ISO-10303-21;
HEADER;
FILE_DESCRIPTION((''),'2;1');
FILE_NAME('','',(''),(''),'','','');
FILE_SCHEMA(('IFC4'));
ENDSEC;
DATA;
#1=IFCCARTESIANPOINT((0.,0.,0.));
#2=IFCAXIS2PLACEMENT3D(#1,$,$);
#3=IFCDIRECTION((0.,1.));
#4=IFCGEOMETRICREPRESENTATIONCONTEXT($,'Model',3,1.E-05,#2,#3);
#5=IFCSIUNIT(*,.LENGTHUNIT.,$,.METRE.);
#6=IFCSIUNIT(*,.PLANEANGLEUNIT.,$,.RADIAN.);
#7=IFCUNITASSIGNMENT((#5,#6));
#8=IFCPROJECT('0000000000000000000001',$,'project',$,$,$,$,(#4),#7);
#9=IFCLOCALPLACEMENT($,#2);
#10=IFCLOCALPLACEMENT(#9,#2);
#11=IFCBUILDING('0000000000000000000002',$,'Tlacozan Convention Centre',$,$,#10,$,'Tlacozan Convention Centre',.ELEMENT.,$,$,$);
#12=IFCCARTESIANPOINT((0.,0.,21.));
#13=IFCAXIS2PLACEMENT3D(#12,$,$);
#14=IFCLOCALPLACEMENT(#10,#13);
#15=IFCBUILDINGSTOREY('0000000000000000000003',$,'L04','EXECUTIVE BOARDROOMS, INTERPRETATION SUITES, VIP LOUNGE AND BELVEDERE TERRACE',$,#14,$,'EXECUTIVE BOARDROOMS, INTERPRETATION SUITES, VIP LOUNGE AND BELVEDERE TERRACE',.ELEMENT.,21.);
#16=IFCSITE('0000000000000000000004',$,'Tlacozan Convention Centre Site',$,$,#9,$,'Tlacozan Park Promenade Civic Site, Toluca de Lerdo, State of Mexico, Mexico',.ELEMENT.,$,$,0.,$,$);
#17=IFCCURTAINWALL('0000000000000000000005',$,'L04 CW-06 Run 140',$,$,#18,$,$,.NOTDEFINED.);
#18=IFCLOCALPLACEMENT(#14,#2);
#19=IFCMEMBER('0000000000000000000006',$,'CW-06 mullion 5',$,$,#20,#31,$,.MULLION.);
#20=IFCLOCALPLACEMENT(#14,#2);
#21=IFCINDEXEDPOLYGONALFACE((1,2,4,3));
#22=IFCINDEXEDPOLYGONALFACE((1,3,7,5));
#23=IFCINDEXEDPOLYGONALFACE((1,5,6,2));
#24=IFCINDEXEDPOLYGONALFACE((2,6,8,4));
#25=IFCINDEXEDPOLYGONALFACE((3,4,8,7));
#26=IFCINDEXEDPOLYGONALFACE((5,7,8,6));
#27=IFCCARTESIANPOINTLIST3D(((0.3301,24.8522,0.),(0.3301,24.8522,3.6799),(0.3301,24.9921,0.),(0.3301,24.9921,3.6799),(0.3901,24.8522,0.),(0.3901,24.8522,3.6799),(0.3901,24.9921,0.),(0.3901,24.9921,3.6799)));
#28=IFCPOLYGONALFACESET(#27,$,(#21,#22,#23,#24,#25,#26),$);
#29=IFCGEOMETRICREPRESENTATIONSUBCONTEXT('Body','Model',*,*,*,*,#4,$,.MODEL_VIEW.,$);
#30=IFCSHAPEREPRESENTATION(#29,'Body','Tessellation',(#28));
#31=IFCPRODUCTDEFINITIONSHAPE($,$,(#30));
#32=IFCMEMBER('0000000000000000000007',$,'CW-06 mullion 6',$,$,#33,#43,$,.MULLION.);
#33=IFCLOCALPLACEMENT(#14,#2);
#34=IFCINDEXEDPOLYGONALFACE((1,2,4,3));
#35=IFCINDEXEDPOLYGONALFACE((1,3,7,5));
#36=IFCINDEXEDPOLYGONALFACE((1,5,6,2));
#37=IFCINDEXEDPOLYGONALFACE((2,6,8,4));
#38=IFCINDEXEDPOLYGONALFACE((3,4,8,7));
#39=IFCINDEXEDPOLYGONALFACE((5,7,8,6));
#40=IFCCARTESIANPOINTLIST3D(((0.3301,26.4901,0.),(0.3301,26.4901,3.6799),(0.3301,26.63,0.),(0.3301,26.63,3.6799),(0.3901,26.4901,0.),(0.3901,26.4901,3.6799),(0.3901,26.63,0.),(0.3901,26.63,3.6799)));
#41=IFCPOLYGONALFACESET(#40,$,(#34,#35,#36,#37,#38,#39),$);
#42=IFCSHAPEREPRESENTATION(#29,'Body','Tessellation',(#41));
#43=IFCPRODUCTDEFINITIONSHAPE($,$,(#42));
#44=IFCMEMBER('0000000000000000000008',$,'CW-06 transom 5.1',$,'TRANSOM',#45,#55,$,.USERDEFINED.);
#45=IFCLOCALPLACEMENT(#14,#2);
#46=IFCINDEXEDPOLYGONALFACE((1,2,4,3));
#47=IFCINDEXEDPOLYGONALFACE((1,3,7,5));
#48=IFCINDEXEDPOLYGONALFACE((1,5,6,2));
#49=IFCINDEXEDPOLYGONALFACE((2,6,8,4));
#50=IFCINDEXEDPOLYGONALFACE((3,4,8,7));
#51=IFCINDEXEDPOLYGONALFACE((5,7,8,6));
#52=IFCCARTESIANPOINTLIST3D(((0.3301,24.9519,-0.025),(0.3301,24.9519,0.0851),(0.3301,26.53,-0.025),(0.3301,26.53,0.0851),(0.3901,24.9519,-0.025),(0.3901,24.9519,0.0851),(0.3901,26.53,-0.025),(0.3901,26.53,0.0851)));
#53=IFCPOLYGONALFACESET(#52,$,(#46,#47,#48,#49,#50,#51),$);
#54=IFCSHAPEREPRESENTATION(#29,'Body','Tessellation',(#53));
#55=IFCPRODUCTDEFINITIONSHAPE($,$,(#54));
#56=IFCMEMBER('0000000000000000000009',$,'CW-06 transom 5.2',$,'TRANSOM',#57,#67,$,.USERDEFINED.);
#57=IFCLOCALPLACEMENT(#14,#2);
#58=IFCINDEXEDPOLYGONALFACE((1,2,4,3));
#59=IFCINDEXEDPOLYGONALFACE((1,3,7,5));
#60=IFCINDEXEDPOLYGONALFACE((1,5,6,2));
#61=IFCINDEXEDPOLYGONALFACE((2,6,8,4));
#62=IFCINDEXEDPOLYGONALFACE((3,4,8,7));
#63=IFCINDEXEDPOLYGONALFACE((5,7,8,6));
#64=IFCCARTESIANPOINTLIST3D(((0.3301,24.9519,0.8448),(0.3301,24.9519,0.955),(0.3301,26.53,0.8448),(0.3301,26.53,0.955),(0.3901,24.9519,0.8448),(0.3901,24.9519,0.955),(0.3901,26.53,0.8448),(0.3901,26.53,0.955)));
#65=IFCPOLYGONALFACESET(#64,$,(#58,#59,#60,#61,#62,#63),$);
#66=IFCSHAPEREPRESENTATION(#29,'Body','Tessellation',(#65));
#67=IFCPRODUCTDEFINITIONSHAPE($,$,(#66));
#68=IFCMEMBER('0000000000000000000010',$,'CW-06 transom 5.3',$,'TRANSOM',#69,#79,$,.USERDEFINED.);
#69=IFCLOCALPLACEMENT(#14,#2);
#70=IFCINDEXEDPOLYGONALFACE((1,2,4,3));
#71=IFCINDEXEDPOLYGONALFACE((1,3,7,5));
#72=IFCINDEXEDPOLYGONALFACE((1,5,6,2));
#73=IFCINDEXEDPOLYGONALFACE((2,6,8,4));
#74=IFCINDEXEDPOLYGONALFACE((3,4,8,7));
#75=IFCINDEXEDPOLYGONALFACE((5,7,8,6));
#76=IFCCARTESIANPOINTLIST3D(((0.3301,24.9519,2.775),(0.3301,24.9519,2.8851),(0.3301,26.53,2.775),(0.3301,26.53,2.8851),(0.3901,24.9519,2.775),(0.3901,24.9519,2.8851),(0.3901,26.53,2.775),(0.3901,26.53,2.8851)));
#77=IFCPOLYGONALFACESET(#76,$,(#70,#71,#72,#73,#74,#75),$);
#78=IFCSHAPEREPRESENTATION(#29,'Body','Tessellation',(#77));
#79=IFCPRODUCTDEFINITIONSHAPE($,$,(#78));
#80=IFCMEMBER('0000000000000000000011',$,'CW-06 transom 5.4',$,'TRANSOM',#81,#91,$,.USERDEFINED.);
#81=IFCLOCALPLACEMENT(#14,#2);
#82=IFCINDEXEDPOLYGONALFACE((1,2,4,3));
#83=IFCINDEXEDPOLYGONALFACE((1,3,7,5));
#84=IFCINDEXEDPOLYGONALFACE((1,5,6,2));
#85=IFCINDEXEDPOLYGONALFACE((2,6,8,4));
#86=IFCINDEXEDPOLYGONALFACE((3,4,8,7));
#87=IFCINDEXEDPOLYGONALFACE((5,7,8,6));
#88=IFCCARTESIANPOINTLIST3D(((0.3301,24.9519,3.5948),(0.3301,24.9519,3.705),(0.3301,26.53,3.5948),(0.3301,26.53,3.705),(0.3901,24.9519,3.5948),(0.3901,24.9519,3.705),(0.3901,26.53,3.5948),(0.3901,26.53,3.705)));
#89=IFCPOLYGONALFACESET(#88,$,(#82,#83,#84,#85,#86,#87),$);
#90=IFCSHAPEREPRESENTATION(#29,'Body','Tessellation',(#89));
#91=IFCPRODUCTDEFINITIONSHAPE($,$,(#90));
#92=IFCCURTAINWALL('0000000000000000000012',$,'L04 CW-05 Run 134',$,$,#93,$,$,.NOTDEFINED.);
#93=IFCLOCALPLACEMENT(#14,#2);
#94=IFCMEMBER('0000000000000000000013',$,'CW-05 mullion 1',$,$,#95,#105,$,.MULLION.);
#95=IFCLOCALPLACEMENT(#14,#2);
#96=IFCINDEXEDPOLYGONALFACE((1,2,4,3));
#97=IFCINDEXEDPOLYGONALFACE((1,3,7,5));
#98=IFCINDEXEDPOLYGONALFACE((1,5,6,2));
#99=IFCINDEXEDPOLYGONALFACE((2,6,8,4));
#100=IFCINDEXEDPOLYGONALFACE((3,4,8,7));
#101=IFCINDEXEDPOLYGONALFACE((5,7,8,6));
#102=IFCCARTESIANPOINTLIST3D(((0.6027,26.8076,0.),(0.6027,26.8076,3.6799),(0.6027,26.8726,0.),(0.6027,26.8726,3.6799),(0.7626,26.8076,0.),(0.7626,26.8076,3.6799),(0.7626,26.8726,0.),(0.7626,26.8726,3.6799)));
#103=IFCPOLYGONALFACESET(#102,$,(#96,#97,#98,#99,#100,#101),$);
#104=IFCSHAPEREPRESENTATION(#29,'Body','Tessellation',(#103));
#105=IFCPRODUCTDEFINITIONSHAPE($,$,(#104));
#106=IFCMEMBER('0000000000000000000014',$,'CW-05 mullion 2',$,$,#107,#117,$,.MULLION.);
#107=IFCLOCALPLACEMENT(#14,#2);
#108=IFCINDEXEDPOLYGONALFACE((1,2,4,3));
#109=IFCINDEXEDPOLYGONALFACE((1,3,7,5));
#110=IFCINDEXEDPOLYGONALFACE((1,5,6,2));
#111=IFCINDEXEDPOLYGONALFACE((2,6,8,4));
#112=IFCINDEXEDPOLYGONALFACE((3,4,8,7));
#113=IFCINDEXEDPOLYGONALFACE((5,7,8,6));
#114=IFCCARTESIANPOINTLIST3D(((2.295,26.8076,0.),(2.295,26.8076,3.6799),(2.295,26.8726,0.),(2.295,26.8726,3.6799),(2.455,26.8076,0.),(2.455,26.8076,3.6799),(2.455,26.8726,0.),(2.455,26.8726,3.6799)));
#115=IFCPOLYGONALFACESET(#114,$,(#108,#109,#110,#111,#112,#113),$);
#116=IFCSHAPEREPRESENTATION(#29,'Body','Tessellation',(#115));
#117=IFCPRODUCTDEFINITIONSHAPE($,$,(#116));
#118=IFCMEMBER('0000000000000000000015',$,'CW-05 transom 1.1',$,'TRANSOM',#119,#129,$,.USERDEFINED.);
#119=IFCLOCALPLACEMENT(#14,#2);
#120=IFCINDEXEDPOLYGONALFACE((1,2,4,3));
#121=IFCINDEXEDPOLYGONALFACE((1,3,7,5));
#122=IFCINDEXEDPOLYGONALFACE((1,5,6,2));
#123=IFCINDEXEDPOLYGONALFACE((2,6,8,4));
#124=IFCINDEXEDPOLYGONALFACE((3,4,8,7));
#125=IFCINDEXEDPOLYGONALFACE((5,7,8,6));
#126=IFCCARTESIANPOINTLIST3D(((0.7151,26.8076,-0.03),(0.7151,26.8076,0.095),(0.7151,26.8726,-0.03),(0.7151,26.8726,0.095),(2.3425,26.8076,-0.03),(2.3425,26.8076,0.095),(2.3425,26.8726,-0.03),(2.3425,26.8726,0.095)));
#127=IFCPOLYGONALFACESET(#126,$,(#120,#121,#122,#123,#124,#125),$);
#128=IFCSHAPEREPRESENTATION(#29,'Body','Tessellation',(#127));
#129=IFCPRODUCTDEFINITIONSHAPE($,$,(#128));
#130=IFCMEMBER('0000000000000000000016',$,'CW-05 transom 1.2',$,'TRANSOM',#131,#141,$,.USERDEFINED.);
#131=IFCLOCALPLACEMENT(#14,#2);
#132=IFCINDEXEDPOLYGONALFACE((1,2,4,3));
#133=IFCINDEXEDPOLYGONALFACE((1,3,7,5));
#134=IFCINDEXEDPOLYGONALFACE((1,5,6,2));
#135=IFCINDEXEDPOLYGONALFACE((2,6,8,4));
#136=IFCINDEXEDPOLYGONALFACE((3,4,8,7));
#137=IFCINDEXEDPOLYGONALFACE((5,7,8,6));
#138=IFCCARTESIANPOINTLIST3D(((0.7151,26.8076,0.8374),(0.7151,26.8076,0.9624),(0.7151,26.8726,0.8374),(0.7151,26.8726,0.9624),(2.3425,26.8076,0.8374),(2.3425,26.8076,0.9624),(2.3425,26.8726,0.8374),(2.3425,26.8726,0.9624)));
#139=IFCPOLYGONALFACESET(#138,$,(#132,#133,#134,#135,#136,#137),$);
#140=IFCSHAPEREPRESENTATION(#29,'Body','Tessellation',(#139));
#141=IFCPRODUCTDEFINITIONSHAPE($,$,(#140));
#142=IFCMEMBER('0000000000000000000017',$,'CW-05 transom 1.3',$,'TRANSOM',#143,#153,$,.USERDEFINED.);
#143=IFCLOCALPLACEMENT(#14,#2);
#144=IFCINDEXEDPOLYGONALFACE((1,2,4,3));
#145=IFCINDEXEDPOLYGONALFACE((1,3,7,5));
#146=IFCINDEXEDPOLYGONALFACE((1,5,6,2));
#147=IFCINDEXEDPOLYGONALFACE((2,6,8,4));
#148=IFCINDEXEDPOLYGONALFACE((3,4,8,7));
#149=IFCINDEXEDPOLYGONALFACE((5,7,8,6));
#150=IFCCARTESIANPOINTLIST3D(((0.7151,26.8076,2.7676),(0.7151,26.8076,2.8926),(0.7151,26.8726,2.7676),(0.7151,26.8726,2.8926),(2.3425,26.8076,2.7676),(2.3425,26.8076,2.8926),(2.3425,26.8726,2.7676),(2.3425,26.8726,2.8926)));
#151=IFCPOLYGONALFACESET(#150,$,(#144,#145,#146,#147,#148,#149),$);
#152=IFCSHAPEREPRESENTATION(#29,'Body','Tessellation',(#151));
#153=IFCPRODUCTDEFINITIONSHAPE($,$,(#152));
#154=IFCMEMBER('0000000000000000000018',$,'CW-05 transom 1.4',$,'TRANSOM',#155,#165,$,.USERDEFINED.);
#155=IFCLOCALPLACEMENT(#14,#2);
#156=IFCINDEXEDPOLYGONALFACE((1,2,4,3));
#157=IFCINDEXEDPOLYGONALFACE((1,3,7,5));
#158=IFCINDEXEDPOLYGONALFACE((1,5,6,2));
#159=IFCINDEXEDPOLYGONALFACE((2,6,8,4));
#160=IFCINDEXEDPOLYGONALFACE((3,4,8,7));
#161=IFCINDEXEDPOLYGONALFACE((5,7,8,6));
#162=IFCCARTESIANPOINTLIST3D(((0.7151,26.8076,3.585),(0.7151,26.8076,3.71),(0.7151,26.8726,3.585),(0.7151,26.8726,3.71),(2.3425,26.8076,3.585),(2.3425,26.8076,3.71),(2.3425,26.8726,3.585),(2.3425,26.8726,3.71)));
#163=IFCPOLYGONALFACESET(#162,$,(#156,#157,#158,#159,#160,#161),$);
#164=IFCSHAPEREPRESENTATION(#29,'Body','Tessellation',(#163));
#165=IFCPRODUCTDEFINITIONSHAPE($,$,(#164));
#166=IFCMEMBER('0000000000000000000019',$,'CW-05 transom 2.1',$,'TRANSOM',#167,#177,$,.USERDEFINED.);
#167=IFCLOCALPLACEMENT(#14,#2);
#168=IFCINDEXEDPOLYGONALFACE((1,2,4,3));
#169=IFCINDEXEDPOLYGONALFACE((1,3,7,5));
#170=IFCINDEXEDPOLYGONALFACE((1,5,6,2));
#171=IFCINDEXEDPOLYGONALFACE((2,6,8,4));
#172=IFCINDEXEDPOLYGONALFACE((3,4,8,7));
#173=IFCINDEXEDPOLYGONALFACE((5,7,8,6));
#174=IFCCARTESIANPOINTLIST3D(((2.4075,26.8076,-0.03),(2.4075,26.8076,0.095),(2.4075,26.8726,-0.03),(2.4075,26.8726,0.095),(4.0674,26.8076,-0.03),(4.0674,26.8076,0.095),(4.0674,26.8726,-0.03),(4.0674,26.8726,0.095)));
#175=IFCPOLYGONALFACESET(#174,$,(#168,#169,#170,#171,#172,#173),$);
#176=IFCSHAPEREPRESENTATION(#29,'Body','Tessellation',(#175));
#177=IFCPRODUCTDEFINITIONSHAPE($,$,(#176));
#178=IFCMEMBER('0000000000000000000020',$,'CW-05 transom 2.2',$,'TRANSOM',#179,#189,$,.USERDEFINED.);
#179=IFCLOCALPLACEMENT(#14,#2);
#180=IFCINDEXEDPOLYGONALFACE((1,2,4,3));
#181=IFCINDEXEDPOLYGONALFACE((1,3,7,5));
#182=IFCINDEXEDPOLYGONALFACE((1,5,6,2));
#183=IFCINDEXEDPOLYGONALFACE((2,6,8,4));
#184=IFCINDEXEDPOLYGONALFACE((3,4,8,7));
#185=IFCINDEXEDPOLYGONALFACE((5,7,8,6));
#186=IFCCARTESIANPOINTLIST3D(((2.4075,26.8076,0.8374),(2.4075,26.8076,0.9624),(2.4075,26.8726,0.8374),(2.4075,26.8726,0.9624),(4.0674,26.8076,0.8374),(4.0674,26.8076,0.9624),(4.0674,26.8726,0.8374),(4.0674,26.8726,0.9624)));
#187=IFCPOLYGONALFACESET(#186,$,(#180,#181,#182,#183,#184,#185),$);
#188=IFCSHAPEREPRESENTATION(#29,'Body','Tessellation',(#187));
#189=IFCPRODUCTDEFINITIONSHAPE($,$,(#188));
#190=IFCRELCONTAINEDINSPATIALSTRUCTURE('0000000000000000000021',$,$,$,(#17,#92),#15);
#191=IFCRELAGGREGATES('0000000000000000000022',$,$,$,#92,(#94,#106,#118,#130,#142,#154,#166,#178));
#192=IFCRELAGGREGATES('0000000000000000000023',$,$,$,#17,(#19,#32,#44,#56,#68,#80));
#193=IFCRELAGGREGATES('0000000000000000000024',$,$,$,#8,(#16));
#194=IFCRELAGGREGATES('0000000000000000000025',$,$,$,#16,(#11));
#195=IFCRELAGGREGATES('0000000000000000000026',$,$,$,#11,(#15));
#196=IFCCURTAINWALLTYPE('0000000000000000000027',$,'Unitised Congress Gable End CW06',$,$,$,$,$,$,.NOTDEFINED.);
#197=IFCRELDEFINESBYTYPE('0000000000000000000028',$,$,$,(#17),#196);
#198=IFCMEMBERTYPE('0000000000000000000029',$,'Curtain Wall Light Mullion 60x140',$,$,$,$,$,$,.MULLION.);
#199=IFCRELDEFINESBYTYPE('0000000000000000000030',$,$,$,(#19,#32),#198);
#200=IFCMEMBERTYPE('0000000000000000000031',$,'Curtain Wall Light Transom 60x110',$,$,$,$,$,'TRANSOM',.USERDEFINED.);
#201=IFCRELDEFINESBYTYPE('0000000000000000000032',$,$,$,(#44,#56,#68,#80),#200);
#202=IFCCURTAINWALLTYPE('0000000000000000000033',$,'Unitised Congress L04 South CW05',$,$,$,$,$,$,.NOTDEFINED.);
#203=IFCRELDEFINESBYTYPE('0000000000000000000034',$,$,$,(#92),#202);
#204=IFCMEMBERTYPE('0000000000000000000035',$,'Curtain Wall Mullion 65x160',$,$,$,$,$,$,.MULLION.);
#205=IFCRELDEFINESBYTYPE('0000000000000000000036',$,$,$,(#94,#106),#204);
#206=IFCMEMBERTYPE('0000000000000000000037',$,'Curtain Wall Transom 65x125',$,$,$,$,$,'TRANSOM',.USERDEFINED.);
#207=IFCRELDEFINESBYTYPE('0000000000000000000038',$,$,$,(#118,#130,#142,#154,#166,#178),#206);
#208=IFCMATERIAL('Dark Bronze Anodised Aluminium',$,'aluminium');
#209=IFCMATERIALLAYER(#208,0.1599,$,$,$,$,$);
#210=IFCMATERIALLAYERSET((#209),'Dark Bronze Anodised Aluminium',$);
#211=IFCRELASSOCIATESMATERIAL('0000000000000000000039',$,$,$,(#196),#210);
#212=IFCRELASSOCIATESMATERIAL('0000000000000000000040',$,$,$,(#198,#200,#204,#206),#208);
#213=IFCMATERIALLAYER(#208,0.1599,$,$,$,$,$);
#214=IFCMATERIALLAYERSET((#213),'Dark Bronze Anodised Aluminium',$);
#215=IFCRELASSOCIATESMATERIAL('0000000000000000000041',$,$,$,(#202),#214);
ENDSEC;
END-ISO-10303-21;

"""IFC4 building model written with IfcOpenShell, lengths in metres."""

from ifc_helpers import new_model, si_unit, direction, frame, origin, origin_2d, place, context, subcontext, project, spatial, rectangle, extrude, material, layer, layer_set, material_profile, profile_set, type_object, element, aggregate, save


model = new_model("IFC4")

# Units and contexts
model_context = context("Model", 3, precision=1e-05, world=origin(), true_north=direction((0.0, 1.0)))
body_context = subcontext(model_context, "Body", "Model", "MODEL_VIEW")
ifc_project = project(units=[si_unit("LENGTHUNIT", "METRE"), si_unit("PLANEANGLEUNIT", "RADIAN")], contexts=[model_context])

# Site, building, storey
site_placement = place(None, origin())
site = spatial("IfcSite", under=ifc_project, at=site_placement, Name="Tlacozan Convention Centre Site", LongName="Tlacozan Park Promenade Civic Site, Toluca de Lerdo, State of Mexico, Mexico", CompositionType="ELEMENT", RefElevation=0.0)
building_placement = place(site_placement, origin())
building = spatial("IfcBuilding", under=site, at=building_placement, Name="Tlacozan Convention Centre", LongName="Tlacozan Convention Centre", CompositionType="ELEMENT")
storey_placement = place(building_placement, frame((0.0, 0.0, 21.0)))
storey = spatial("IfcBuildingStorey", under=building, at=storey_placement, Name="L04", Description="EXECUTIVE BOARDROOMS, INTERPRETATION SUITES, VIP LOUNGE AND BELVEDERE TERRACE", LongName="EXECUTIVE BOARDROOMS, INTERPRETATION SUITES, VIP LOUNGE AND BELVEDERE TERRACE", CompositionType="ELEMENT", Elevation=21.0)

# Curtain wall, members
ifc_material_1 = material(Name="Dark Bronze Anodised Aluminium", Category="aluminium")
ifc_layer_1 = layer(ifc_material_1, 0.1599)
ifc_layer_set_1 = layer_set([ifc_layer_1], Name="Dark Bronze Anodised Aluminium")
curtain_wall_type_1 = type_object("IfcCurtainWallType", Name="Unitised Congress Gable End CW06", PredefinedType="NOTDEFINED", material=ifc_layer_set_1)
curtain_wall_1_placement = place(storey_placement, origin())
curtain_wall_1 = element("IfcCurtainWall", 1, at=curtain_wall_1_placement, inside=storey, type_object=curtain_wall_type_1, Name="L04 CW-06 Run 140", PredefinedType="NOTDEFINED")
ifc_material_profile_1 = material_profile(ifc_material_1, rectangle(XDim=0.0601, YDim=0.1399, at=origin_2d()), Name="ALU 60x140")
ifc_profile_set_1 = profile_set([ifc_material_profile_1], Name="Dark Bronze Anodised Aluminium")
member_type_1 = type_object("IfcMemberType", Name="Curtain Wall Light Mullion 60x140", PredefinedType="MULLION", material=ifc_profile_set_1)
member_1_placement = place(storey_placement, frame((0.3601, 24.9221, 0.0), z_axis=(0.0, 0.0, 1.0), x_axis=(-1.0, 0.0, 0.0)))
member_1 = element("IfcMember", 2, at=member_1_placement, type_object=member_type_1, Name="CW-06 mullion 5", PredefinedType="MULLION", context=body_context, shape_type="SweptSolid", body=[
    extrude(rectangle(XDim=0.0601, YDim=0.1399, at=origin_2d()), origin(), (0.0, 0.0, 1.0), 3.6799),
])
member_2_placement = place(storey_placement, frame((0.3601, 26.5601, 0.0), z_axis=(0.0, 0.0, 1.0), x_axis=(-1.0, 0.0, 0.0)))
member_2 = element("IfcMember", 3, at=member_2_placement, type_object=member_type_1, Name="CW-06 mullion 6", PredefinedType="MULLION", context=body_context, shape_type="SweptSolid", body=[
    extrude(rectangle(XDim=0.0601, YDim=0.1399, at=origin_2d()), origin(), (0.0, 0.0, 1.0), 3.6799),
])
ifc_material_profile_2 = material_profile(ifc_material_1, rectangle(XDim=0.0601, YDim=0.1101, at=origin_2d()), Name="ALU 60x110")
ifc_profile_set_2 = profile_set([ifc_material_profile_2], Name="Dark Bronze Anodised Aluminium")
member_type_2 = type_object("IfcMemberType", Name="Curtain Wall Light Transom 60x110", ElementType="TRANSOM", PredefinedType="USERDEFINED", material=ifc_profile_set_2)
member_3_placement = place(storey_placement, frame((0.3601, 24.9519, 0.03), z_axis=(0.0, 1.0, 0.0), x_axis=(-1.0, 0.0, 0.0)))
member_3 = element("IfcMember", 4, at=member_3_placement, type_object=member_type_2, Name="CW-06 transom 5.1", ObjectType="TRANSOM", PredefinedType="USERDEFINED", context=body_context, shape_type="SweptSolid", body=[
    extrude(rectangle(XDim=0.0601, YDim=0.1101, at=origin_2d()), origin(), (0.0, 0.0, 1.0), 1.5781),
])
member_4_placement = place(storey_placement, frame((0.3601, 24.9519, 0.8999), z_axis=(0.0, 1.0, 0.0), x_axis=(-1.0, 0.0, 0.0)))
member_4 = element("IfcMember", 5, at=member_4_placement, type_object=member_type_2, Name="CW-06 transom 5.2", ObjectType="TRANSOM", PredefinedType="USERDEFINED", context=body_context, shape_type="SweptSolid", body=[
    extrude(rectangle(XDim=0.0601, YDim=0.1101, at=origin_2d()), origin(), (0.0, 0.0, 1.0), 1.5781),
])
member_5_placement = place(storey_placement, frame((0.3601, 24.9519, 2.8301), z_axis=(0.0, 1.0, 0.0), x_axis=(-1.0, 0.0, 0.0)))
member_5 = element("IfcMember", 6, at=member_5_placement, type_object=member_type_2, Name="CW-06 transom 5.3", ObjectType="TRANSOM", PredefinedType="USERDEFINED", context=body_context, shape_type="SweptSolid", body=[
    extrude(rectangle(XDim=0.0601, YDim=0.1101, at=origin_2d()), origin(), (0.0, 0.0, 1.0), 1.5781),
])
member_6_placement = place(storey_placement, frame((0.3601, 24.9519, 3.6499), z_axis=(0.0, 1.0, 0.0), x_axis=(-1.0, 0.0, 0.0)))
member_6 = element("IfcMember", 7, at=member_6_placement, type_object=member_type_2, Name="CW-06 transom 5.4", ObjectType="TRANSOM", PredefinedType="USERDEFINED", context=body_context, shape_type="SweptSolid", body=[
    extrude(rectangle(XDim=0.0601, YDim=0.1101, at=origin_2d()), origin(), (0.0, 0.0, 1.0), 1.5781),
])

# Curtain wall, members
ifc_layer_2 = layer(ifc_material_1, 0.1599)
ifc_layer_set_2 = layer_set([ifc_layer_2], Name="Dark Bronze Anodised Aluminium")
curtain_wall_type_2 = type_object("IfcCurtainWallType", Name="Unitised Congress L04 South CW05", PredefinedType="NOTDEFINED", material=ifc_layer_set_2)
curtain_wall_2_placement = place(storey_placement, origin())
curtain_wall_2 = element("IfcCurtainWall", 8, at=curtain_wall_2_placement, inside=storey, type_object=curtain_wall_type_2, Name="L04 CW-05 Run 134", PredefinedType="NOTDEFINED")
ifc_material_profile_3 = material_profile(ifc_material_1, rectangle(XDim=0.0649, YDim=0.1599, at=origin_2d()), Name="ALU 65x160")
ifc_profile_set_3 = profile_set([ifc_material_profile_3], Name="Dark Bronze Anodised Aluminium")
member_type_3 = type_object("IfcMemberType", Name="Curtain Wall Mullion 65x160", PredefinedType="MULLION", material=ifc_profile_set_3)
member_7_placement = place(storey_placement, frame((0.6826, 26.8401, 0.0), z_axis=(0.0, 0.0, 1.0), x_axis=(0.0, 1.0, 0.0)))
member_7 = element("IfcMember", 9, at=member_7_placement, type_object=member_type_3, Name="CW-05 mullion 1", PredefinedType="MULLION", context=body_context, shape_type="SweptSolid", body=[
    extrude(rectangle(XDim=0.0649, YDim=0.1599, at=origin_2d()), origin(), (0.0, 0.0, 1.0), 3.6799),
])
member_8_placement = place(storey_placement, frame((2.375, 26.8401, 0.0), z_axis=(0.0, 0.0, 1.0), x_axis=(0.0, 1.0, 0.0)))
member_8 = element("IfcMember", 10, at=member_8_placement, type_object=member_type_3, Name="CW-05 mullion 2", PredefinedType="MULLION", context=body_context, shape_type="SweptSolid", body=[
    extrude(rectangle(XDim=0.0649, YDim=0.1599, at=origin_2d()), origin(), (0.0, 0.0, 1.0), 3.6799),
])
ifc_material_profile_4 = material_profile(ifc_material_1, rectangle(XDim=0.0649, YDim=0.125, at=origin_2d()), Name="ALU 65x125")
ifc_profile_set_4 = profile_set([ifc_material_profile_4], Name="Dark Bronze Anodised Aluminium")
member_type_4 = type_object("IfcMemberType", Name="Curtain Wall Transom 65x125", ElementType="TRANSOM", PredefinedType="USERDEFINED", material=ifc_profile_set_4)
member_9_placement = place(storey_placement, frame((0.7151, 26.8401, 0.0325), z_axis=(1.0, 0.0, 0.0), x_axis=(0.0, 1.0, 0.0)))
member_9 = element("IfcMember", 11, at=member_9_placement, type_object=member_type_4, Name="CW-05 transom 1.1", ObjectType="TRANSOM", PredefinedType="USERDEFINED", context=body_context, shape_type="SweptSolid", body=[
    extrude(rectangle(XDim=0.0649, YDim=0.125, at=origin_2d()), origin(), (0.0, 0.0, 1.0), 1.6274),
])
member_10_placement = place(storey_placement, frame((0.7151, 26.8401, 0.8999), z_axis=(1.0, 0.0, 0.0), x_axis=(0.0, 1.0, 0.0)))
member_10 = element("IfcMember", 12, at=member_10_placement, type_object=member_type_4, Name="CW-05 transom 1.2", ObjectType="TRANSOM", PredefinedType="USERDEFINED", context=body_context, shape_type="SweptSolid", body=[
    extrude(rectangle(XDim=0.0649, YDim=0.125, at=origin_2d()), origin(), (0.0, 0.0, 1.0), 1.6274),
])
member_11_placement = place(storey_placement, frame((0.7151, 26.8401, 2.8301), z_axis=(1.0, 0.0, 0.0), x_axis=(0.0, 1.0, 0.0)))
member_11 = element("IfcMember", 13, at=member_11_placement, type_object=member_type_4, Name="CW-05 transom 1.3", ObjectType="TRANSOM", PredefinedType="USERDEFINED", context=body_context, shape_type="SweptSolid", body=[
    extrude(rectangle(XDim=0.0649, YDim=0.125, at=origin_2d()), origin(), (0.0, 0.0, 1.0), 1.6274),
])
member_12_placement = place(storey_placement, frame((0.7151, 26.8401, 3.6475), z_axis=(1.0, 0.0, 0.0), x_axis=(0.0, 1.0, 0.0)))
member_12 = element("IfcMember", 14, at=member_12_placement, type_object=member_type_4, Name="CW-05 transom 1.4", ObjectType="TRANSOM", PredefinedType="USERDEFINED", context=body_context, shape_type="SweptSolid", body=[
    extrude(rectangle(XDim=0.0649, YDim=0.125, at=origin_2d()), origin(), (0.0, 0.0, 1.0), 1.6274),
])
member_13_placement = place(storey_placement, frame((2.4075, 26.8401, 0.0325), z_axis=(1.0, 0.0, 0.0), x_axis=(0.0, 1.0, 0.0)))
member_13 = element("IfcMember", 15, at=member_13_placement, type_object=member_type_4, Name="CW-05 transom 2.1", ObjectType="TRANSOM", PredefinedType="USERDEFINED", context=body_context, shape_type="SweptSolid", body=[
    extrude(rectangle(XDim=0.0649, YDim=0.125, at=origin_2d()), origin(), (0.0, 0.0, 1.0), 1.6599),
])
member_14_placement = place(storey_placement, frame((2.4075, 26.8401, 0.8999), z_axis=(1.0, 0.0, 0.0), x_axis=(0.0, 1.0, 0.0)))
member_14 = element("IfcMember", 16, at=member_14_placement, type_object=member_type_4, Name="CW-05 transom 2.2", ObjectType="TRANSOM", PredefinedType="USERDEFINED", context=body_context, shape_type="SweptSolid", body=[
    extrude(rectangle(XDim=0.0649, YDim=0.125, at=origin_2d()), origin(), (0.0, 0.0, 1.0), 1.6599),
])
aggregate(curtain_wall_2, [member_7, member_8, member_9, member_10, member_11, member_12, member_13, member_14])

aggregate(curtain_wall_1, [member_1, member_2, member_3, member_4, member_5, member_6])

save(model, "model.ifc")
